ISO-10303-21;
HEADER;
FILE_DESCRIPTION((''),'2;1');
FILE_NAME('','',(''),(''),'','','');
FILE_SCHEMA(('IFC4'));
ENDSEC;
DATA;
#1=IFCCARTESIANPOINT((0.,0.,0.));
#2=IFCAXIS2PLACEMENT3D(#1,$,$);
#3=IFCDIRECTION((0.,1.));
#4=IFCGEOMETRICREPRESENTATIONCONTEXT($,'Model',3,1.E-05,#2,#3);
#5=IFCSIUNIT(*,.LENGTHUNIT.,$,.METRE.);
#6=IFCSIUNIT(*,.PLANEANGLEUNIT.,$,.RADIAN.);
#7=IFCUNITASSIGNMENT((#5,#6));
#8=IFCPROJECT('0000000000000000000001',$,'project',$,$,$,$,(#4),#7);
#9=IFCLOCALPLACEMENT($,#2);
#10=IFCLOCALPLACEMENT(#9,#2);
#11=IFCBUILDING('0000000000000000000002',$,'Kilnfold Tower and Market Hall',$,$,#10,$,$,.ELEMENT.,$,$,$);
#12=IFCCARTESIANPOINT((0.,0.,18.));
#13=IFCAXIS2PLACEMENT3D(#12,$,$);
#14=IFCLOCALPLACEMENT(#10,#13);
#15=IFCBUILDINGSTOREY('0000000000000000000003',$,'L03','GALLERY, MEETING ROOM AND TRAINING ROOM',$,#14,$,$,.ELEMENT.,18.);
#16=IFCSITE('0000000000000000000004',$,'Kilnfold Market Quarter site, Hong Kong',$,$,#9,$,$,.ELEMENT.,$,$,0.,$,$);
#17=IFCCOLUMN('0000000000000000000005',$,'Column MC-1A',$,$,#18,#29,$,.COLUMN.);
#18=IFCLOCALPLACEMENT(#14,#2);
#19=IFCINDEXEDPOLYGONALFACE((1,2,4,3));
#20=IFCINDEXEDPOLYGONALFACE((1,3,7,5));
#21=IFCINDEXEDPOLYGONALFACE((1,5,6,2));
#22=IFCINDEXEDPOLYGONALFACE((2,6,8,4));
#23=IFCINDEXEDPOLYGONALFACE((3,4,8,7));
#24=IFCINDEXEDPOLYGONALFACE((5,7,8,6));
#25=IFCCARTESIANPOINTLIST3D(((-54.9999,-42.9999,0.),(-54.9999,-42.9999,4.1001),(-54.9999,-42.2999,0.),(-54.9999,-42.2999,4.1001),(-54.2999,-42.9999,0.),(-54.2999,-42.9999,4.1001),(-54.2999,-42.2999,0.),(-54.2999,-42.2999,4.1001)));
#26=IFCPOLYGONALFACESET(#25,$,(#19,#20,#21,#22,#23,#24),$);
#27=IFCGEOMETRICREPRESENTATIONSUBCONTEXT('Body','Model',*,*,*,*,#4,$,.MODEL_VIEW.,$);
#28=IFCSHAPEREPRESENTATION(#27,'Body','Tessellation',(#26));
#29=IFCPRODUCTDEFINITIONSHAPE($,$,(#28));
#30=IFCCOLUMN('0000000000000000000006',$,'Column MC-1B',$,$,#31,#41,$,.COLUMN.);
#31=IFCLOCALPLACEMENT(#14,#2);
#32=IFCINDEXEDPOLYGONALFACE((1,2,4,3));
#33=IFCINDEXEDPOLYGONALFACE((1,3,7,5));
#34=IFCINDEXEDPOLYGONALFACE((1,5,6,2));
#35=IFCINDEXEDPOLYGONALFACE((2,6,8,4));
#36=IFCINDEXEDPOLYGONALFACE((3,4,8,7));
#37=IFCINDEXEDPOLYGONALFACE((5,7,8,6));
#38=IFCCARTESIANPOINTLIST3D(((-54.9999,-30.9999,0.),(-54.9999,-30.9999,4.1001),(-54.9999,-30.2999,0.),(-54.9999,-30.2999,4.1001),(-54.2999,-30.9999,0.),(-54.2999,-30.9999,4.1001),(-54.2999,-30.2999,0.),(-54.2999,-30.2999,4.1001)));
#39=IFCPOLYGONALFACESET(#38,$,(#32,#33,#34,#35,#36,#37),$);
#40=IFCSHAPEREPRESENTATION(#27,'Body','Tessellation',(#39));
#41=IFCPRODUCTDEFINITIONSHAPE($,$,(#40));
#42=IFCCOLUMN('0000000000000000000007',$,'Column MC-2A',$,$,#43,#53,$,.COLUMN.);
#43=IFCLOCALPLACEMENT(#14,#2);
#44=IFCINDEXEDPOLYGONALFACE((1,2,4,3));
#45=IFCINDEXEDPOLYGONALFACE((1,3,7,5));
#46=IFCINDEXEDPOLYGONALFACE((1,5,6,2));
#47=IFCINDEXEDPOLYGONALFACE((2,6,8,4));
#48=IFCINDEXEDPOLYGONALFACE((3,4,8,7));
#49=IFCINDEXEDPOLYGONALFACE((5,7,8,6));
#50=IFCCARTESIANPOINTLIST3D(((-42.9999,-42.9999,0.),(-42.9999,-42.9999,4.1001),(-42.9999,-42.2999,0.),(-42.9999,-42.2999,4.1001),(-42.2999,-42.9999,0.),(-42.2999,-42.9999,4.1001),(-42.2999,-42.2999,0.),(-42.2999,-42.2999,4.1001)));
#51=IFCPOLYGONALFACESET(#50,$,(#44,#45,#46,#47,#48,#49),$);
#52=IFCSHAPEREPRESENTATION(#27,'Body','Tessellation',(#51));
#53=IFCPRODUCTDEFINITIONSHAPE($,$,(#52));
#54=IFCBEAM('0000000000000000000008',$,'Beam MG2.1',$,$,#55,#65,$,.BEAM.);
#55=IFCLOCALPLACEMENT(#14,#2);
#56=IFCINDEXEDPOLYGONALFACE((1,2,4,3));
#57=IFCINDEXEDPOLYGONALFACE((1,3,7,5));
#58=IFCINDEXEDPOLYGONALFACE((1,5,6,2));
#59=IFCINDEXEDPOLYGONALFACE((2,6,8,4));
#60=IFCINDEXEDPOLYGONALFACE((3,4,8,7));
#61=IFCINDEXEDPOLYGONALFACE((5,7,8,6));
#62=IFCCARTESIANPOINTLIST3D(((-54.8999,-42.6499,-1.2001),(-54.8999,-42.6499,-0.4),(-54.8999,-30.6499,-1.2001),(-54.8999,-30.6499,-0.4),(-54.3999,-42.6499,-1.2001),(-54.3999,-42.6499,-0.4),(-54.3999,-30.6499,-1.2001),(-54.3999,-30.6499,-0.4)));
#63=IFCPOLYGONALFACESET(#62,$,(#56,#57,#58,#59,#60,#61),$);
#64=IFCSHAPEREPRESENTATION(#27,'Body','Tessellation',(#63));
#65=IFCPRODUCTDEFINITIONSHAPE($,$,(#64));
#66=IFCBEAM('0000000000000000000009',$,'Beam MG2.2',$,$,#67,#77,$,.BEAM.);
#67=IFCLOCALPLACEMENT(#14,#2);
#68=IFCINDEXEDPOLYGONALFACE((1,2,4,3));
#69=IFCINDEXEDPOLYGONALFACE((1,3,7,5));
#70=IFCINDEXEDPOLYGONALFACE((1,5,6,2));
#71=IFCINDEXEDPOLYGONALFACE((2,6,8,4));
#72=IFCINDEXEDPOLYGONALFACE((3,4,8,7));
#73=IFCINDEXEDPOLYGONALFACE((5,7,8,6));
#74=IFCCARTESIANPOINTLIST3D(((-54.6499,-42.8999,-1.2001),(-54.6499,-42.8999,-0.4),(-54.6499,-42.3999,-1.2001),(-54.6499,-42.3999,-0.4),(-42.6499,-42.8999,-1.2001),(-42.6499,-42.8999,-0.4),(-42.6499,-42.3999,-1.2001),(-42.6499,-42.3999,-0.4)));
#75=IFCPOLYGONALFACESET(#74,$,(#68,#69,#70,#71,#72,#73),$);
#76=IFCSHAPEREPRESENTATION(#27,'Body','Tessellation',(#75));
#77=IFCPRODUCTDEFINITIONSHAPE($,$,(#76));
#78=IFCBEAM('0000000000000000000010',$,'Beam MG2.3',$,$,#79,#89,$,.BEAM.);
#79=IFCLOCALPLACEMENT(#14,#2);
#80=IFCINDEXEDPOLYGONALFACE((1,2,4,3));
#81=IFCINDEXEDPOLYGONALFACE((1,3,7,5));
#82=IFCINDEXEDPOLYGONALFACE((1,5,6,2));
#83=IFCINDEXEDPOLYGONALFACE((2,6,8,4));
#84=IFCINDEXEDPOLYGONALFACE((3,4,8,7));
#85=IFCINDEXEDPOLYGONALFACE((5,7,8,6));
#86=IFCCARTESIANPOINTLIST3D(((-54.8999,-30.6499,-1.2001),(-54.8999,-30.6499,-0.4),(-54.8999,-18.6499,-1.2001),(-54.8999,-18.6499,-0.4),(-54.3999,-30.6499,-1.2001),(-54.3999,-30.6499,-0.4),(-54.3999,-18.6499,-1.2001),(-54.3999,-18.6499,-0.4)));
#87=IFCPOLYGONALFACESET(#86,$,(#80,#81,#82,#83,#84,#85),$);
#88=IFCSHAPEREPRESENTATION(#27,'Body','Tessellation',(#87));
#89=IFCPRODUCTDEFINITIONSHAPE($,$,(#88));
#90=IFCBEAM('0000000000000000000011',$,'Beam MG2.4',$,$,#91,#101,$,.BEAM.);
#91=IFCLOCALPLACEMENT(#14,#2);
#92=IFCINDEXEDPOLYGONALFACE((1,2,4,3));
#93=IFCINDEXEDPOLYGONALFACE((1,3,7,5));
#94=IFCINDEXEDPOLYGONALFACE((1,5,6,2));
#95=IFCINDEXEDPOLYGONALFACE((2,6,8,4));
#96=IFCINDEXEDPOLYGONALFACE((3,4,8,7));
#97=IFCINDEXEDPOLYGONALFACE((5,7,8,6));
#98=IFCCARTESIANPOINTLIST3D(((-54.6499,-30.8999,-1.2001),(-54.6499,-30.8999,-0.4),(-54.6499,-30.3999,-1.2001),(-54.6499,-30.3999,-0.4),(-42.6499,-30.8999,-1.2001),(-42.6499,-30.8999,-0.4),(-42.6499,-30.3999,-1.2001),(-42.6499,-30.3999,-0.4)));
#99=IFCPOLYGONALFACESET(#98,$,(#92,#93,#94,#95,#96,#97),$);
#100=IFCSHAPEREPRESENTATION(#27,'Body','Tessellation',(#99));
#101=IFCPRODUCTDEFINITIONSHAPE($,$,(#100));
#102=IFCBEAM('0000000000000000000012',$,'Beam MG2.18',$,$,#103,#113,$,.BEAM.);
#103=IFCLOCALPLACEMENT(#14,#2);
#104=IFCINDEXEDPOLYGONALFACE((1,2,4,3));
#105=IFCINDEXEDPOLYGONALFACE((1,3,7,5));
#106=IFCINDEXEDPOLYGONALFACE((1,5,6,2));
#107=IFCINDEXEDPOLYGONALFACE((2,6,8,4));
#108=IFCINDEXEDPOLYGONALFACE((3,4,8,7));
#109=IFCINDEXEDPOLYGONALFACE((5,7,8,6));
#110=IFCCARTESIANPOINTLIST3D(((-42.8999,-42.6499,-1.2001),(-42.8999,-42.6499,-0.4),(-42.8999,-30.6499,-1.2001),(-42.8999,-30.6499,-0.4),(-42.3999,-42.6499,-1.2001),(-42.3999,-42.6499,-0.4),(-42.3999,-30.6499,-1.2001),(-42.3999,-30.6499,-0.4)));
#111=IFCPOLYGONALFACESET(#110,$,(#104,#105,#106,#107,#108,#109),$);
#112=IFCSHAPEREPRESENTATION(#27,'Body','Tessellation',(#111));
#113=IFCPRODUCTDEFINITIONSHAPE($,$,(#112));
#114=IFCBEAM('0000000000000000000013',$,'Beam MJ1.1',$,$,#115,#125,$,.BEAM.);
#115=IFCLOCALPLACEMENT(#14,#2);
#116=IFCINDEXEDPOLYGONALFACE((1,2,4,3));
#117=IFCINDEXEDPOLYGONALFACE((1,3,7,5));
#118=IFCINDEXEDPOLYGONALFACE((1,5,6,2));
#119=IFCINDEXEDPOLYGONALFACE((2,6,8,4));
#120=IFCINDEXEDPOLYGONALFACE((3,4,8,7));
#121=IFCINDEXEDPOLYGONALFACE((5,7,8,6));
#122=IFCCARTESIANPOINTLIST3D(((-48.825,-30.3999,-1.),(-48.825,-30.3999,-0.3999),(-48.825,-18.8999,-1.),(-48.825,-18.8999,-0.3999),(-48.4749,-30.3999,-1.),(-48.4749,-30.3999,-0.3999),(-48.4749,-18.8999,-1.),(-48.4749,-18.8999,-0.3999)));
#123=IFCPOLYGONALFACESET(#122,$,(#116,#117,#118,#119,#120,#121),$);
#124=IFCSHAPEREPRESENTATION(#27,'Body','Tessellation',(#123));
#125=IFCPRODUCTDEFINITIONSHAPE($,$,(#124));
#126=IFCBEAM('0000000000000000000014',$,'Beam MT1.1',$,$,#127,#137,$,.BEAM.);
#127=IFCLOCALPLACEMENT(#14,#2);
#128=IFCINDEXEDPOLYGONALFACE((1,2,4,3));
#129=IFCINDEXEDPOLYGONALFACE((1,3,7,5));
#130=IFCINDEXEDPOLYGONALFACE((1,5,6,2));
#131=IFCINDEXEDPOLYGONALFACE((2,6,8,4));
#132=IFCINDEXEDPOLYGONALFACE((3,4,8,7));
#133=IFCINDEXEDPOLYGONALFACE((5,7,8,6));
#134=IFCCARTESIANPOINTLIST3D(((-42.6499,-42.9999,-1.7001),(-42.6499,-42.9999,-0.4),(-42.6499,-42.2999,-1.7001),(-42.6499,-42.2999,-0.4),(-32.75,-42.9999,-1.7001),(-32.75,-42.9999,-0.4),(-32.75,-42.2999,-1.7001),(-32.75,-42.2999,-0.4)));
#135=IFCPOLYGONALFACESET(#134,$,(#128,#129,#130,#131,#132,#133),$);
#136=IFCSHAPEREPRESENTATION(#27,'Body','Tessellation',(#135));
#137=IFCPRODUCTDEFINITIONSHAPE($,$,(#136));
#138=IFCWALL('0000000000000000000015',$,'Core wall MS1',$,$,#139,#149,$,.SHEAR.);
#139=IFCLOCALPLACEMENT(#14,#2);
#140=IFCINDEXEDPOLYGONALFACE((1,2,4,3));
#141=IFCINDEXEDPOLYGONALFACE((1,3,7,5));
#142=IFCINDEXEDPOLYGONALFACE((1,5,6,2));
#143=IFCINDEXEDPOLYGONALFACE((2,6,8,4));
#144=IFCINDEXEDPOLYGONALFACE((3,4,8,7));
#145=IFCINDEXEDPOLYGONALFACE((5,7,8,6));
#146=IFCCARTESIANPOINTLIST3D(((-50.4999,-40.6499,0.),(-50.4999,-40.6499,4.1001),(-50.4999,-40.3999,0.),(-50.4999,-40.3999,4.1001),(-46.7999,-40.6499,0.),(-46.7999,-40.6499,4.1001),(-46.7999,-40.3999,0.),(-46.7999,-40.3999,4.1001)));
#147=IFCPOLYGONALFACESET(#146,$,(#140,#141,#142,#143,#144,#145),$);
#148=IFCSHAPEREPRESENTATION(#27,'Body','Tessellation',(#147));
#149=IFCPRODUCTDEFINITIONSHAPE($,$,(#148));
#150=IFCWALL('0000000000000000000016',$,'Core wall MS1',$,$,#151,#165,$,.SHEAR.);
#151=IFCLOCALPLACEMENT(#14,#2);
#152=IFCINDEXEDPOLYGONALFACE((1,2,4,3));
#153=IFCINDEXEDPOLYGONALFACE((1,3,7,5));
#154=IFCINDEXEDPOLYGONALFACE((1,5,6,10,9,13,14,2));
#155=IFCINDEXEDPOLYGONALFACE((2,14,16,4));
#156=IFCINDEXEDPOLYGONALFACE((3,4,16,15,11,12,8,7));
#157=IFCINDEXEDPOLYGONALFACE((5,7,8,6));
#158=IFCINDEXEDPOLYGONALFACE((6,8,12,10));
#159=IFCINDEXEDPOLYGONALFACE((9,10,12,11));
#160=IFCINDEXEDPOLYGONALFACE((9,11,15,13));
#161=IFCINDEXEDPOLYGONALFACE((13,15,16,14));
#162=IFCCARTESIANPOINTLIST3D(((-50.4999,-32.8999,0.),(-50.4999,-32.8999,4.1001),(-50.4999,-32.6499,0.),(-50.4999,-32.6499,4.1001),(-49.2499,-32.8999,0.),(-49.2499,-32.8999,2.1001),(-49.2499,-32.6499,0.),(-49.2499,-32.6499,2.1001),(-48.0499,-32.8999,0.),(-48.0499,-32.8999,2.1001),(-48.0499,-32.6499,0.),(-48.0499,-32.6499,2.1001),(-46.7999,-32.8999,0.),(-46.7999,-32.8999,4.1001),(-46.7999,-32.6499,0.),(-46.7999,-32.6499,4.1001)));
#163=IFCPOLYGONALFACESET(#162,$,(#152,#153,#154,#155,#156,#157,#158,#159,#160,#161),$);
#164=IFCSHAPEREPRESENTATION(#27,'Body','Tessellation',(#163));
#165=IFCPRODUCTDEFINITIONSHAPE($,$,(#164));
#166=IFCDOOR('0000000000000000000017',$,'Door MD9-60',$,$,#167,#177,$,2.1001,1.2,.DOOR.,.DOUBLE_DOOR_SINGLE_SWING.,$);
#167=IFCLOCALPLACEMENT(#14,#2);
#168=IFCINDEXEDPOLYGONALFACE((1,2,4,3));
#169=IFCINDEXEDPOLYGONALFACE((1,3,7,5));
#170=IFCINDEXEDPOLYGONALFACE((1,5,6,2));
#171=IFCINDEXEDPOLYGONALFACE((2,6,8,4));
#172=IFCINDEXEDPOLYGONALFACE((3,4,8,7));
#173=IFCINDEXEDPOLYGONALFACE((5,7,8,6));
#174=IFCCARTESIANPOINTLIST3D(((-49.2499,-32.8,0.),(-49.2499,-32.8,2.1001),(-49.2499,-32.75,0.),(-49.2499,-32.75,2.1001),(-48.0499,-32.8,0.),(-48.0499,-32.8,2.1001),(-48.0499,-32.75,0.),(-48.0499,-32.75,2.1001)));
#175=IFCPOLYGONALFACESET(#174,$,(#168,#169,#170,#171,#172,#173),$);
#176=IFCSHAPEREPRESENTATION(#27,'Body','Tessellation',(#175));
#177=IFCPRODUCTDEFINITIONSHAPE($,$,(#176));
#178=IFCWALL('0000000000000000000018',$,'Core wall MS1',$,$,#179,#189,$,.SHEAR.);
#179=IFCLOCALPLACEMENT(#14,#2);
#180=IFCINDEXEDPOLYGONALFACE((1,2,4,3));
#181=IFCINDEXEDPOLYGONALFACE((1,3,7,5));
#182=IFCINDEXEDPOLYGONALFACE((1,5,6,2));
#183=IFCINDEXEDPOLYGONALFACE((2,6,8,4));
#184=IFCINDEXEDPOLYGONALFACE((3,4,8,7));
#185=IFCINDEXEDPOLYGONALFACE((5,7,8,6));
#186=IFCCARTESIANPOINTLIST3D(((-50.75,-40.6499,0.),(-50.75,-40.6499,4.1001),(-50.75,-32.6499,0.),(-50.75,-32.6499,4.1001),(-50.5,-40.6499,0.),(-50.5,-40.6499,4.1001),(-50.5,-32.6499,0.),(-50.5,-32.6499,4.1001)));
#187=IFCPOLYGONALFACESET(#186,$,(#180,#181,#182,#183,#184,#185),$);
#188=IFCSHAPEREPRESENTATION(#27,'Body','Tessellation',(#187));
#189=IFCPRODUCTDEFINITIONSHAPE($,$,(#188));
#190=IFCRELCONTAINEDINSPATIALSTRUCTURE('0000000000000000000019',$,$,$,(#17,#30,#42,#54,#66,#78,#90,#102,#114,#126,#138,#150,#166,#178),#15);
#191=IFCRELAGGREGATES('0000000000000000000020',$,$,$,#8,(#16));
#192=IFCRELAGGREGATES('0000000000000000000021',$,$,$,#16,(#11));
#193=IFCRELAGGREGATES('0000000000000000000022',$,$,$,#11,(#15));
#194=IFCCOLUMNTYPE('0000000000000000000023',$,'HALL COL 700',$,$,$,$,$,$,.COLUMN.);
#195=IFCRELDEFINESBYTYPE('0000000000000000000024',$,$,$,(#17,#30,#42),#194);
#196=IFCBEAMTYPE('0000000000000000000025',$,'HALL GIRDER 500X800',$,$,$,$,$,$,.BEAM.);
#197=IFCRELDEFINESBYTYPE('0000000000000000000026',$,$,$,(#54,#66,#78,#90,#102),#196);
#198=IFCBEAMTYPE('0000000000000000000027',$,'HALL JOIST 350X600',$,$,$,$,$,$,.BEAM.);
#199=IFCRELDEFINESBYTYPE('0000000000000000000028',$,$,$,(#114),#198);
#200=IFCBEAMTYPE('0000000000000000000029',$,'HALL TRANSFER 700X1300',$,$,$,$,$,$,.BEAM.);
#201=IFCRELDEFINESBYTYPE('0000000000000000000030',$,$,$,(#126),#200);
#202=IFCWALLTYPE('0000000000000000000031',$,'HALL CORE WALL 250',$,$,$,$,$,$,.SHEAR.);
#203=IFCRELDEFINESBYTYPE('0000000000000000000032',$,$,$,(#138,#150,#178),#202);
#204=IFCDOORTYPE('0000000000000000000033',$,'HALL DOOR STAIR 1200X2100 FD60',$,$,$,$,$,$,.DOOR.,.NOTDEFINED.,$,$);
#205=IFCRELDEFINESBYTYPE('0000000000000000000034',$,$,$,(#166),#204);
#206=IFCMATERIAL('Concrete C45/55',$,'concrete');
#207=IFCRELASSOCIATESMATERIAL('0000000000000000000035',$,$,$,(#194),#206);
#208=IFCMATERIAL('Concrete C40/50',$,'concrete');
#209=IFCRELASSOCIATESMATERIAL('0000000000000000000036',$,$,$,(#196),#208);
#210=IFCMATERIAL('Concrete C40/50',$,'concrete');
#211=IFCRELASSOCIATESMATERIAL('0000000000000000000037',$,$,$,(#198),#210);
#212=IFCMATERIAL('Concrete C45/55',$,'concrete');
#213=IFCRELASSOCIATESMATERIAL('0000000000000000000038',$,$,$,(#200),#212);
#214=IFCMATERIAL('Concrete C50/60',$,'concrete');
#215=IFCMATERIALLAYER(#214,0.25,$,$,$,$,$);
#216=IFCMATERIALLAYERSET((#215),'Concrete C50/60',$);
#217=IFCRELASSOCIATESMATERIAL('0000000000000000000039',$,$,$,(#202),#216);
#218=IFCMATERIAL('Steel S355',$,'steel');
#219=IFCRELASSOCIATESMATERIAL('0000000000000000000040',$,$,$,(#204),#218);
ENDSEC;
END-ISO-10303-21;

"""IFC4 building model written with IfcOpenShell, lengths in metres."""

from ifc_helpers import new_model, si_unit, direction, frame, frame_2d, origin, origin_2d, place, context, subcontext, project, spatial, rectangle, extrude, source, transform, mapped, material, layer, layer_set, material_profile, profile_set, type_object, element, fill, save


model = new_model("IFC4")

# Units and contexts
model_context = context("Model", 3, precision=1e-05, world=origin(), true_north=direction((0.0, 1.0)))
body_context = subcontext(model_context, "Body", "Model", "MODEL_VIEW")
ifc_project = project(units=[si_unit("LENGTHUNIT", "METRE"), si_unit("PLANEANGLEUNIT", "RADIAN")], contexts=[model_context])

# Site, building, storey
site_placement = place(None, origin())
site = spatial("IfcSite", under=ifc_project, at=site_placement, Name="Kilnfold Market Quarter site, Hong Kong", CompositionType="ELEMENT", RefElevation=0.0)
building_placement = place(site_placement, origin())
building = spatial("IfcBuilding", under=site, at=building_placement, Name="Kilnfold Tower and Market Hall", CompositionType="ELEMENT")
storey_placement = place(building_placement, frame((0.0, 0.0, 18.0)))
storey = spatial("IfcBuildingStorey", under=building, at=storey_placement, Name="L03", Description="GALLERY, MEETING ROOM AND TRAINING ROOM", CompositionType="ELEMENT", Elevation=18.0)

# Columns
ifc_material_1 = material(Name="Concrete C45/55", Category="concrete")
ifc_material_profile_1 = material_profile(ifc_material_1, rectangle(XDim=0.7, YDim=0.7, at=origin_2d()), Name="RC 700x700")
ifc_profile_set_1 = profile_set([ifc_material_profile_1], Name="Concrete C45/55")
column_type = type_object("IfcColumnType", Name="HALL COL 700", PredefinedType="COLUMN", material=ifc_profile_set_1)
shared_shape_1 = source(origin(), body_context, "Body", "SweptSolid", [
    extrude(rectangle(XDim=0.7, YDim=0.7, at=origin_2d()), origin(), (0.0, 0.0, 1.0), 4.1001),
])
for number, where, z_axis, x_axis, name in (
    (1, (-54.6499, -42.6499, 0.0), (0.0, 0.0, 1.0), (1.0, 0.0, 0.0), "Column MC-1A"),
    (2, (-54.6499, -30.6499, 0.0), (0.0, 0.0, 1.0), (1.0, 0.0, 0.0), "Column MC-1B"),
    (3, (-42.6499, -42.6499, 0.0), (0.0, 0.0, 1.0), (1.0, 0.0, 0.0), "Column MC-2A"),
):
    element("IfcColumn", number, at=place(storey_placement, frame(where, z_axis=z_axis, x_axis=x_axis)), inside=storey, type_object=column_type, Name=name, PredefinedType="COLUMN", context=body_context, shape_type="MappedRepresentation", body=[
        mapped(shared_shape_1, transform((0.0, 0.0, 0.0))),
    ])

# Beams
ifc_material_2 = material(Name="Concrete C40/50", Category="concrete")
ifc_material_profile_2 = material_profile(ifc_material_2, rectangle(XDim=0.5, YDim=0.8, at=origin_2d()), Name="RC 500x800")
ifc_profile_set_2 = profile_set([ifc_material_profile_2], Name="Concrete C40/50")
beam_type_1 = type_object("IfcBeamType", Name="HALL GIRDER 500X800", PredefinedType="BEAM", material=ifc_profile_set_2)
for number, where, z_axis, x_axis, name in (
    (4, (-54.6499, -42.6499, -0.8), (0.0, 1.0, 0.0), (-1.0, 0.0, 0.0), "Beam MG2.1"),
    (5, (-54.6499, -42.6499, -0.8), (1.0, 0.0, 0.0), (0.0, 1.0, 0.0), "Beam MG2.2"),
    (6, (-54.6499, -30.6499, -0.8), (0.0, 1.0, 0.0), (-1.0, 0.0, 0.0), "Beam MG2.3"),
    (7, (-54.6499, -30.6499, -0.8), (1.0, 0.0, 0.0), (0.0, 1.0, 0.0), "Beam MG2.4"),
    (8, (-42.6499, -42.6499, -0.8), (0.0, 1.0, 0.0), (-1.0, 0.0, 0.0), "Beam MG2.18"),
):
    element("IfcBeam", number, at=place(storey_placement, frame(where, z_axis=z_axis, x_axis=x_axis)), inside=storey, type_object=beam_type_1, Name=name, PredefinedType="BEAM", context=body_context, shape_type="SweptSolid", body=[
        extrude(rectangle(XDim=0.5, YDim=0.8, at=origin_2d()), origin(), (0.0, 0.0, 1.0), 12.0),
    ])
ifc_material_3 = material(Name="Concrete C40/50", Category="concrete")
ifc_material_profile_3 = material_profile(ifc_material_3, rectangle(XDim=0.3501, YDim=0.6001, at=origin_2d()), Name="RC 350x600")
ifc_profile_set_3 = profile_set([ifc_material_profile_3], Name="Concrete C40/50")
beam_type_2 = type_object("IfcBeamType", Name="HALL JOIST 350X600", PredefinedType="BEAM", material=ifc_profile_set_3)
beam_1_placement = place(storey_placement, frame((-48.6499, -30.3999, -0.7), z_axis=(0.0, 1.0, 0.0), x_axis=(-1.0, 0.0, 0.0)))
element("IfcBeam", 9, at=beam_1_placement, inside=storey, type_object=beam_type_2, Name="Beam MJ1.1", PredefinedType="BEAM", context=body_context, shape_type="SweptSolid", body=[
    extrude(rectangle(XDim=0.3501, YDim=0.6001, at=origin_2d()), origin(), (0.0, 0.0, 1.0), 11.5),
])
ifc_material_4 = material(Name="Concrete C45/55", Category="concrete")
ifc_material_profile_4 = material_profile(ifc_material_4, rectangle(XDim=0.7, YDim=1.3, at=origin_2d()), Name="RC 700x1300")
ifc_profile_set_4 = profile_set([ifc_material_profile_4], Name="Concrete C45/55")
beam_type_3 = type_object("IfcBeamType", Name="HALL TRANSFER 700X1300", PredefinedType="BEAM", material=ifc_profile_set_4)
beam_2_placement = place(storey_placement, frame((-42.6499, -42.6499, -1.05), z_axis=(1.0, 0.0, 0.0), x_axis=(0.0, 1.0, 0.0)))
element("IfcBeam", 10, at=beam_2_placement, inside=storey, type_object=beam_type_3, Name="Beam MT1.1", PredefinedType="BEAM", context=body_context, shape_type="SweptSolid", body=[
    extrude(rectangle(XDim=0.7, YDim=1.3, at=origin_2d()), origin(), (0.0, 0.0, 1.0), 9.8999),
])

# Wall
ifc_material_5 = material(Name="Concrete C50/60", Category="concrete")
ifc_layer_1 = layer(ifc_material_5, 0.25)
ifc_layer_set_1 = layer_set([ifc_layer_1], Name="Concrete C50/60")
wall_type_1 = type_object("IfcWallType", Name="HALL CORE WALL 250", PredefinedType="SHEAR", material=ifc_layer_set_1)
shared_shape_2 = source(origin(), body_context, "Body", "SweptSolid", [
    extrude(rectangle(XDim=3.7, YDim=0.25, at=frame_2d((1.8501, 0.0))), origin(), (0.0, 0.0, 1.0), 4.1001),
])
wall_1_placement = place(storey_placement, frame((-50.5, -40.5249, 0.0), z_axis=(0.0, 0.0, 1.0), x_axis=(1.0, 0.0, 0.0)))
element("IfcWall", 11, at=wall_1_placement, inside=storey, type_object=wall_type_1, Name="Core wall MS1", PredefinedType="SHEAR", context=body_context, shape_type="MappedRepresentation", body=[
    mapped(shared_shape_2, transform((0.0, 0.0, 0.0))),
])

# Wall, opening, door
wall_2_placement = place(storey_placement, frame((-50.5, -32.7749, 0.0), z_axis=(0.0, 0.0, 1.0), x_axis=(1.0, 0.0, 0.0)))
wall_2 = element("IfcWall", 12, at=wall_2_placement, inside=storey, type_object=wall_type_1, Name="Core wall MS1", PredefinedType="SHEAR", context=body_context, shape_type="MappedRepresentation", body=[
    mapped(shared_shape_2, transform((0.0, 0.0, 0.0))),
])
opening_1_placement = place(wall_2_placement, frame((1.25, 0.0, 0.0)))
opening_1 = element("IfcOpeningElement", 13, at=opening_1_placement, cuts=wall_2, PredefinedType="OPENING", context=body_context, shape_type="SweptSolid", body=[
    extrude(rectangle(XDim=1.2, YDim=2.1001, at=frame_2d((0.6001, 1.05))), frame((0.0, 0.135, 0.0), z_axis=(0.0, -1.0, 0.0), x_axis=(1.0, 0.0, 0.0)), (0.0, 0.0, 1.0), 0.27),
])
ifc_material_6 = material(Name="Steel S355", Category="steel")
door_type_1 = type_object("IfcDoorType", Name="HALL DOOR STAIR 1200X2100 FD60", OperationType="NOTDEFINED", PredefinedType="DOOR", material=ifc_material_6)
door_1_placement = place(opening_1_placement, origin())
door_1 = element("IfcDoor", 14, at=door_1_placement, inside=storey, type_object=door_type_1, Name="Door MD9-60", OperationType="DOUBLE_DOOR_SINGLE_SWING", OverallHeight=2.1001, OverallWidth=1.2, PredefinedType="DOOR", context=body_context, shape_type="SweptSolid", body=[
    extrude(rectangle(XDim=1.2, YDim=2.1001, at=frame_2d((0.6001, 1.05))), frame((0.0, 0.0249, 0.0), z_axis=(0.0, -1.0, 0.0), x_axis=(1.0, 0.0, 0.0)), (0.0, 0.0, 1.0), 0.05),
])
fill(opening_1, door_1)

# Wall
shared_shape_3 = source(origin(), body_context, "Body", "SweptSolid", [
    extrude(rectangle(XDim=8.0, YDim=0.25, at=frame_2d((4.0, 0.0))), origin(), (0.0, 0.0, 1.0), 4.1001),
])
for number, where, z_axis, x_axis, name in (
    (15, (-50.625, -40.6499, 0.0), (0.0, 0.0, 1.0), (0.0, 1.0, 0.0), "Core wall MS1"),
):
    element("IfcWall", number, at=place(storey_placement, frame(where, z_axis=z_axis, x_axis=x_axis)), inside=storey, type_object=wall_type_1, Name=name, PredefinedType="SHEAR", context=body_context, shape_type="MappedRepresentation", body=[
        mapped(shared_shape_3, transform((0.0, 0.0, 0.0))),
    ])

save(model, "model.ifc")
